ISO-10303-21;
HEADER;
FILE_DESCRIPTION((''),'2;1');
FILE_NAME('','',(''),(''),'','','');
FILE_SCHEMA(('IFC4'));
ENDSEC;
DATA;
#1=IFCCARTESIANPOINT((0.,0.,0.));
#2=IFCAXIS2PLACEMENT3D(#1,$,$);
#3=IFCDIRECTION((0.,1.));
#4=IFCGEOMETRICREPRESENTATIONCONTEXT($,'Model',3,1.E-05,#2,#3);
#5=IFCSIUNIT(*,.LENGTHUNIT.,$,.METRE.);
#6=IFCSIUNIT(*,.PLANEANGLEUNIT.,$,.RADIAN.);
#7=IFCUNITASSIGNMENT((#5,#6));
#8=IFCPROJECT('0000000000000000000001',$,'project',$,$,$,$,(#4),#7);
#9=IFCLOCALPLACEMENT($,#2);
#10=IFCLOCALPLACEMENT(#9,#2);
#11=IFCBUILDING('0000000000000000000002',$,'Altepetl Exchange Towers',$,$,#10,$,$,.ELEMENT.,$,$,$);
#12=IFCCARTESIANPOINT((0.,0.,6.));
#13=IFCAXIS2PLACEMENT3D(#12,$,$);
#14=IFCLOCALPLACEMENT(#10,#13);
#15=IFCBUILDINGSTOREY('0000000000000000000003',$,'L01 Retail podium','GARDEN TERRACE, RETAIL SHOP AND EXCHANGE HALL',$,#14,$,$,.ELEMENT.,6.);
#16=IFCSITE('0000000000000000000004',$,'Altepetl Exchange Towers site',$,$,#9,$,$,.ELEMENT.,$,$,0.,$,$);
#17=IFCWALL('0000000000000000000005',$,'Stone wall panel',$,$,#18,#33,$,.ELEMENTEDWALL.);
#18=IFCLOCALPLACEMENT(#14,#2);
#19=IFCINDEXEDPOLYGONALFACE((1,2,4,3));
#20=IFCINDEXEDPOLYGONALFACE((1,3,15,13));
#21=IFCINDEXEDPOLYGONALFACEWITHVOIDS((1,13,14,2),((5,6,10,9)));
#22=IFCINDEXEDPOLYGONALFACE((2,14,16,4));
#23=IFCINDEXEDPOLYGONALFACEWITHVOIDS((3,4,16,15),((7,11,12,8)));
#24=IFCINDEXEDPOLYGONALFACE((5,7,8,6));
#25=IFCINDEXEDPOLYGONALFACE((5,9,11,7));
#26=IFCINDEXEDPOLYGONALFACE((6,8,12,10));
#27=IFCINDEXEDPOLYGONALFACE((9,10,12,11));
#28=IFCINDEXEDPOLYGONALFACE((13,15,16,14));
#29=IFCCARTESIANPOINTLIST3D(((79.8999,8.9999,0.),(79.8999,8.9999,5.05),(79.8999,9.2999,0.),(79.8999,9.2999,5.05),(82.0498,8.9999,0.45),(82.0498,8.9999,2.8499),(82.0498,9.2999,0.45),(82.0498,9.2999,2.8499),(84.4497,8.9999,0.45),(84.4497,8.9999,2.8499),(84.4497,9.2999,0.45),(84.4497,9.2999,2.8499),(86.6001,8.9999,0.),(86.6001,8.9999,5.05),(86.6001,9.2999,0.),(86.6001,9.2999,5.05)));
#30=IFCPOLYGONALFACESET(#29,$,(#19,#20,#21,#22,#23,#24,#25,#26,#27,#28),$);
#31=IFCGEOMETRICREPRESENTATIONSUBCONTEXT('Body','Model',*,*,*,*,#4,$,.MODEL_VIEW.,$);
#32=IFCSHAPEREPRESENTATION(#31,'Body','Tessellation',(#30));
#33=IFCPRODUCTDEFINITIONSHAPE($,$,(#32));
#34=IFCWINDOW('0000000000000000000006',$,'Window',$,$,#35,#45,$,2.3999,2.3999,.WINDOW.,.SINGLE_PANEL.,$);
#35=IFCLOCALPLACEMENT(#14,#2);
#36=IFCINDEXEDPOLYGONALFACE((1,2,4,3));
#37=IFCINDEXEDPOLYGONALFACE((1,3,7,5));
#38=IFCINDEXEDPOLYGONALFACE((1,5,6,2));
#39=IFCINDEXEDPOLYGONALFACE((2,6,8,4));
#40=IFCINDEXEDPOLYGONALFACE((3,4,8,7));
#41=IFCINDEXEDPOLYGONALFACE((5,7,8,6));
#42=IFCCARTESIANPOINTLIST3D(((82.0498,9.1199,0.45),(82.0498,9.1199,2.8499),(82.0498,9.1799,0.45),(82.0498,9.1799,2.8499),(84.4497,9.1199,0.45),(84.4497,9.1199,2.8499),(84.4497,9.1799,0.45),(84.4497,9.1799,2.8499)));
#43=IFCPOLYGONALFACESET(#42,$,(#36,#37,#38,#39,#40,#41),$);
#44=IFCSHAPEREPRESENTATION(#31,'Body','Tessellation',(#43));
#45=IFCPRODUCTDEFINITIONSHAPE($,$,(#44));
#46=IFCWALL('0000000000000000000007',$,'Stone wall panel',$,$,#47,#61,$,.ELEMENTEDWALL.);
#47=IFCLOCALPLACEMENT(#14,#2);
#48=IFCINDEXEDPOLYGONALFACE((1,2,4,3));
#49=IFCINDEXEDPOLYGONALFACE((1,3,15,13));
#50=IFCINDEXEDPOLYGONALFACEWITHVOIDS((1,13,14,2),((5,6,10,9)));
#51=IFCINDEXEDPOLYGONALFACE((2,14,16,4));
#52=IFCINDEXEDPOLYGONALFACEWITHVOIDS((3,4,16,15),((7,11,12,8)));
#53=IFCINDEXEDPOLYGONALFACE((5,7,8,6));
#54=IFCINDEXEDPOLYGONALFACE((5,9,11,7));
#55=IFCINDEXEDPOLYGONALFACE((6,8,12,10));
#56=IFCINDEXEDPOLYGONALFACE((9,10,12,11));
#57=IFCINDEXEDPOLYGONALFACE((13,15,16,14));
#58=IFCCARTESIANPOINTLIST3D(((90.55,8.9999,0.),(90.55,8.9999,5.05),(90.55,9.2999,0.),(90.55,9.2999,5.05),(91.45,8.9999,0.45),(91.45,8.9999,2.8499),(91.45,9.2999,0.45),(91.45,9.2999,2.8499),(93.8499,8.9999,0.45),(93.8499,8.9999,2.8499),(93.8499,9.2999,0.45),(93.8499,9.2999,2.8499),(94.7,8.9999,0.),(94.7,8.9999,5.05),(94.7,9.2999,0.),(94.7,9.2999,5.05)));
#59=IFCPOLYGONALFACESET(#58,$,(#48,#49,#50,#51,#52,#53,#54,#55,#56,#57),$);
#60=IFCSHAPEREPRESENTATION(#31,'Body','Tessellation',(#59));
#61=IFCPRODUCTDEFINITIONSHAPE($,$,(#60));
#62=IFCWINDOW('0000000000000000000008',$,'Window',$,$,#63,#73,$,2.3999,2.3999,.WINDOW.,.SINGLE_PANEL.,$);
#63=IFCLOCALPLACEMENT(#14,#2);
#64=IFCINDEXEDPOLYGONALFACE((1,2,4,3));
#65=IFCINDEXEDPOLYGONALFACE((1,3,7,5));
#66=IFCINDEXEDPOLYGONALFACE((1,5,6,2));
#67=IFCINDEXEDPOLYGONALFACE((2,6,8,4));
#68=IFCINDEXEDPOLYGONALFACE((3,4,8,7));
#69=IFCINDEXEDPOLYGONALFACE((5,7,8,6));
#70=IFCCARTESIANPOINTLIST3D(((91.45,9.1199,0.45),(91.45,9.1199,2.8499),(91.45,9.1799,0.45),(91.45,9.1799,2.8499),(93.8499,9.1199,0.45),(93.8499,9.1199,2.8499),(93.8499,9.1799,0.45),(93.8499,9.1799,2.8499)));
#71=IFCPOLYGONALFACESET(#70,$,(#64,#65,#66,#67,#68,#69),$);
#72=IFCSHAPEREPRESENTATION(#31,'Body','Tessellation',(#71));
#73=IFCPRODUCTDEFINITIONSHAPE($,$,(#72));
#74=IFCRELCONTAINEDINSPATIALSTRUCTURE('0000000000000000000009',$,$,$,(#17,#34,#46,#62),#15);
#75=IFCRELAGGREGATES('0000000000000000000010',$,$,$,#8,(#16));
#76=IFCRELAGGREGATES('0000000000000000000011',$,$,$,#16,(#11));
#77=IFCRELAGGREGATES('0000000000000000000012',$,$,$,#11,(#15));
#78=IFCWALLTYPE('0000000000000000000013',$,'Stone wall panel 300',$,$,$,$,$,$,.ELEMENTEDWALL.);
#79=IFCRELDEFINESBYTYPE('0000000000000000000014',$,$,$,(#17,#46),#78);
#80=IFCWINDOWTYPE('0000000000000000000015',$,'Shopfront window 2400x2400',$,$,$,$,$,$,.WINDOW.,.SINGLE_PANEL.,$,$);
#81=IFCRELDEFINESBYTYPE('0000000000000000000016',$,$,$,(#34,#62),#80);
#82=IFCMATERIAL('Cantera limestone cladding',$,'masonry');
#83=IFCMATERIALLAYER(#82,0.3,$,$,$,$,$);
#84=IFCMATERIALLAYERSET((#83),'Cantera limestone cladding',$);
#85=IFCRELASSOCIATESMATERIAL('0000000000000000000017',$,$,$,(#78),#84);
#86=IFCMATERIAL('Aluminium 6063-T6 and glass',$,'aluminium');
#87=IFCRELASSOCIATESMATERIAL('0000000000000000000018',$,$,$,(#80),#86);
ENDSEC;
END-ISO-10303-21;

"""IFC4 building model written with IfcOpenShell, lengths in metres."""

from ifc_helpers import new_model, si_unit, direction, frame, frame_2d, origin, place, context, subcontext, project, spatial, rectangle, extrude, material, layer, layer_set, type_object, element, fill, save


model = new_model("IFC4")

# Units and contexts
model_context = context("Model", 3, precision=1e-05, world=origin(), true_north=direction((0.0, 1.0)))
body_context = subcontext(model_context, "Body", "Model", "MODEL_VIEW")
ifc_project = project(units=[si_unit("LENGTHUNIT", "METRE"), si_unit("PLANEANGLEUNIT", "RADIAN")], contexts=[model_context])

# Site, building, storey
site_placement = place(None, origin())
site = spatial("IfcSite", under=ifc_project, at=site_placement, Name="Altepetl Exchange Towers site", CompositionType="ELEMENT", RefElevation=0.0)
building_placement = place(site_placement, origin())
building = spatial("IfcBuilding", under=site, at=building_placement, Name="Altepetl Exchange Towers", CompositionType="ELEMENT")
storey_placement = place(building_placement, frame((0.0, 0.0, 6.0)))
storey = spatial("IfcBuildingStorey", under=building, at=storey_placement, Name="L01 Retail podium", Description="GARDEN TERRACE, RETAIL SHOP AND EXCHANGE HALL", CompositionType="ELEMENT", Elevation=6.0)

# Shared definitions
ifc_material_1 = material(Name="Aluminium 6063-T6 and glass", Category="aluminium")

# Walls, openings, windows
ifc_material_2 = material(Name="Cantera limestone cladding", Category="masonry")
ifc_layer_1 = layer(ifc_material_2, 0.3)
ifc_layer_set_1 = layer_set([ifc_layer_1], Name="Cantera limestone cladding")
wall_type_1 = type_object("IfcWallType", Name="Stone wall panel 300", PredefinedType="ELEMENTEDWALL", material=ifc_layer_set_1)
wall_1_placement = place(storey_placement, frame((79.8999, 9.1499, 0.0)))
wall_1 = element("IfcWall", 1, at=wall_1_placement, inside=storey, type_object=wall_type_1, Name="Stone wall panel", PredefinedType="ELEMENTEDWALL", context=body_context, shape_type="SweptSolid", body=[
    extrude(rectangle(XDim=6.7002, YDim=0.3, at=frame_2d((3.3501, 0.0))), origin(), (0.0, 0.0, 1.0), 5.05),
])
opening_1_placement = place(wall_1_placement, frame((2.1499, 0.0, 0.45)))
opening_1 = element("IfcOpeningElement", 2, at=opening_1_placement, cuts=wall_1, PredefinedType="OPENING", context=body_context, shape_type="SweptSolid", body=[
    extrude(rectangle(XDim=2.3999, YDim=2.3999, at=frame_2d((1.2, 1.2))), frame((0.0, 0.1602, 0.0), z_axis=(0.0, -1.0, 0.0), x_axis=(1.0, 0.0, 0.0)), (0.0, 0.0, 1.0), 0.3201),
])
window_type = type_object("IfcWindowType", Name="Shopfront window 2400x2400", PartitioningType="SINGLE_PANEL", PredefinedType="WINDOW", material=ifc_material_1)
window_1_placement = place(opening_1_placement, origin())
window_1 = element("IfcWindow", 3, at=window_1_placement, inside=storey, type_object=window_type, Name="Window", OverallHeight=2.3999, OverallWidth=2.3999, PartitioningType="SINGLE_PANEL", PredefinedType="WINDOW", context=body_context, shape_type="SweptSolid", body=[
    extrude(rectangle(XDim=2.3999, YDim=2.3999, at=frame_2d((1.2, 1.2))), frame((0.0, 0.03, 0.0), z_axis=(0.0, -1.0, 0.0), x_axis=(1.0, 0.0, 0.0)), (0.0, 0.0, 1.0), 0.0601),
])
fill(opening_1, window_1)
wall_2_placement = place(storey_placement, frame((90.55, 9.1499, 0.0)))
wall_2 = element("IfcWall", 4, at=wall_2_placement, inside=storey, type_object=wall_type_1, Name="Stone wall panel", PredefinedType="ELEMENTEDWALL", context=body_context, shape_type="SweptSolid", body=[
    extrude(rectangle(XDim=4.1499, YDim=0.3, at=frame_2d((2.075, 0.0))), origin(), (0.0, 0.0, 1.0), 5.05),
])
opening_2_placement = place(wall_2_placement, frame((0.8999, 0.0, 0.45)))
opening_2 = element("IfcOpeningElement", 5, at=opening_2_placement, cuts=wall_2, PredefinedType="OPENING", context=body_context, shape_type="SweptSolid", body=[
    extrude(rectangle(XDim=2.3999, YDim=2.3999, at=frame_2d((1.2, 1.2))), frame((0.0, 0.1602, 0.0), z_axis=(0.0, -1.0, 0.0), x_axis=(1.0, 0.0, 0.0)), (0.0, 0.0, 1.0), 0.3201),
])
window_2_placement = place(opening_2_placement, origin())
window_2 = element("IfcWindow", 6, at=window_2_placement, inside=storey, type_object=window_type, Name="Window", OverallHeight=2.3999, OverallWidth=2.3999, PartitioningType="SINGLE_PANEL", PredefinedType="WINDOW", context=body_context, shape_type="SweptSolid", body=[
    extrude(rectangle(XDim=2.3999, YDim=2.3999, at=frame_2d((1.2, 1.2))), frame((0.0, 0.03, 0.0), z_axis=(0.0, -1.0, 0.0), x_axis=(1.0, 0.0, 0.0)), (0.0, 0.0, 1.0), 0.0601),
])
fill(opening_2, window_2)

save(model, "model.ifc")
